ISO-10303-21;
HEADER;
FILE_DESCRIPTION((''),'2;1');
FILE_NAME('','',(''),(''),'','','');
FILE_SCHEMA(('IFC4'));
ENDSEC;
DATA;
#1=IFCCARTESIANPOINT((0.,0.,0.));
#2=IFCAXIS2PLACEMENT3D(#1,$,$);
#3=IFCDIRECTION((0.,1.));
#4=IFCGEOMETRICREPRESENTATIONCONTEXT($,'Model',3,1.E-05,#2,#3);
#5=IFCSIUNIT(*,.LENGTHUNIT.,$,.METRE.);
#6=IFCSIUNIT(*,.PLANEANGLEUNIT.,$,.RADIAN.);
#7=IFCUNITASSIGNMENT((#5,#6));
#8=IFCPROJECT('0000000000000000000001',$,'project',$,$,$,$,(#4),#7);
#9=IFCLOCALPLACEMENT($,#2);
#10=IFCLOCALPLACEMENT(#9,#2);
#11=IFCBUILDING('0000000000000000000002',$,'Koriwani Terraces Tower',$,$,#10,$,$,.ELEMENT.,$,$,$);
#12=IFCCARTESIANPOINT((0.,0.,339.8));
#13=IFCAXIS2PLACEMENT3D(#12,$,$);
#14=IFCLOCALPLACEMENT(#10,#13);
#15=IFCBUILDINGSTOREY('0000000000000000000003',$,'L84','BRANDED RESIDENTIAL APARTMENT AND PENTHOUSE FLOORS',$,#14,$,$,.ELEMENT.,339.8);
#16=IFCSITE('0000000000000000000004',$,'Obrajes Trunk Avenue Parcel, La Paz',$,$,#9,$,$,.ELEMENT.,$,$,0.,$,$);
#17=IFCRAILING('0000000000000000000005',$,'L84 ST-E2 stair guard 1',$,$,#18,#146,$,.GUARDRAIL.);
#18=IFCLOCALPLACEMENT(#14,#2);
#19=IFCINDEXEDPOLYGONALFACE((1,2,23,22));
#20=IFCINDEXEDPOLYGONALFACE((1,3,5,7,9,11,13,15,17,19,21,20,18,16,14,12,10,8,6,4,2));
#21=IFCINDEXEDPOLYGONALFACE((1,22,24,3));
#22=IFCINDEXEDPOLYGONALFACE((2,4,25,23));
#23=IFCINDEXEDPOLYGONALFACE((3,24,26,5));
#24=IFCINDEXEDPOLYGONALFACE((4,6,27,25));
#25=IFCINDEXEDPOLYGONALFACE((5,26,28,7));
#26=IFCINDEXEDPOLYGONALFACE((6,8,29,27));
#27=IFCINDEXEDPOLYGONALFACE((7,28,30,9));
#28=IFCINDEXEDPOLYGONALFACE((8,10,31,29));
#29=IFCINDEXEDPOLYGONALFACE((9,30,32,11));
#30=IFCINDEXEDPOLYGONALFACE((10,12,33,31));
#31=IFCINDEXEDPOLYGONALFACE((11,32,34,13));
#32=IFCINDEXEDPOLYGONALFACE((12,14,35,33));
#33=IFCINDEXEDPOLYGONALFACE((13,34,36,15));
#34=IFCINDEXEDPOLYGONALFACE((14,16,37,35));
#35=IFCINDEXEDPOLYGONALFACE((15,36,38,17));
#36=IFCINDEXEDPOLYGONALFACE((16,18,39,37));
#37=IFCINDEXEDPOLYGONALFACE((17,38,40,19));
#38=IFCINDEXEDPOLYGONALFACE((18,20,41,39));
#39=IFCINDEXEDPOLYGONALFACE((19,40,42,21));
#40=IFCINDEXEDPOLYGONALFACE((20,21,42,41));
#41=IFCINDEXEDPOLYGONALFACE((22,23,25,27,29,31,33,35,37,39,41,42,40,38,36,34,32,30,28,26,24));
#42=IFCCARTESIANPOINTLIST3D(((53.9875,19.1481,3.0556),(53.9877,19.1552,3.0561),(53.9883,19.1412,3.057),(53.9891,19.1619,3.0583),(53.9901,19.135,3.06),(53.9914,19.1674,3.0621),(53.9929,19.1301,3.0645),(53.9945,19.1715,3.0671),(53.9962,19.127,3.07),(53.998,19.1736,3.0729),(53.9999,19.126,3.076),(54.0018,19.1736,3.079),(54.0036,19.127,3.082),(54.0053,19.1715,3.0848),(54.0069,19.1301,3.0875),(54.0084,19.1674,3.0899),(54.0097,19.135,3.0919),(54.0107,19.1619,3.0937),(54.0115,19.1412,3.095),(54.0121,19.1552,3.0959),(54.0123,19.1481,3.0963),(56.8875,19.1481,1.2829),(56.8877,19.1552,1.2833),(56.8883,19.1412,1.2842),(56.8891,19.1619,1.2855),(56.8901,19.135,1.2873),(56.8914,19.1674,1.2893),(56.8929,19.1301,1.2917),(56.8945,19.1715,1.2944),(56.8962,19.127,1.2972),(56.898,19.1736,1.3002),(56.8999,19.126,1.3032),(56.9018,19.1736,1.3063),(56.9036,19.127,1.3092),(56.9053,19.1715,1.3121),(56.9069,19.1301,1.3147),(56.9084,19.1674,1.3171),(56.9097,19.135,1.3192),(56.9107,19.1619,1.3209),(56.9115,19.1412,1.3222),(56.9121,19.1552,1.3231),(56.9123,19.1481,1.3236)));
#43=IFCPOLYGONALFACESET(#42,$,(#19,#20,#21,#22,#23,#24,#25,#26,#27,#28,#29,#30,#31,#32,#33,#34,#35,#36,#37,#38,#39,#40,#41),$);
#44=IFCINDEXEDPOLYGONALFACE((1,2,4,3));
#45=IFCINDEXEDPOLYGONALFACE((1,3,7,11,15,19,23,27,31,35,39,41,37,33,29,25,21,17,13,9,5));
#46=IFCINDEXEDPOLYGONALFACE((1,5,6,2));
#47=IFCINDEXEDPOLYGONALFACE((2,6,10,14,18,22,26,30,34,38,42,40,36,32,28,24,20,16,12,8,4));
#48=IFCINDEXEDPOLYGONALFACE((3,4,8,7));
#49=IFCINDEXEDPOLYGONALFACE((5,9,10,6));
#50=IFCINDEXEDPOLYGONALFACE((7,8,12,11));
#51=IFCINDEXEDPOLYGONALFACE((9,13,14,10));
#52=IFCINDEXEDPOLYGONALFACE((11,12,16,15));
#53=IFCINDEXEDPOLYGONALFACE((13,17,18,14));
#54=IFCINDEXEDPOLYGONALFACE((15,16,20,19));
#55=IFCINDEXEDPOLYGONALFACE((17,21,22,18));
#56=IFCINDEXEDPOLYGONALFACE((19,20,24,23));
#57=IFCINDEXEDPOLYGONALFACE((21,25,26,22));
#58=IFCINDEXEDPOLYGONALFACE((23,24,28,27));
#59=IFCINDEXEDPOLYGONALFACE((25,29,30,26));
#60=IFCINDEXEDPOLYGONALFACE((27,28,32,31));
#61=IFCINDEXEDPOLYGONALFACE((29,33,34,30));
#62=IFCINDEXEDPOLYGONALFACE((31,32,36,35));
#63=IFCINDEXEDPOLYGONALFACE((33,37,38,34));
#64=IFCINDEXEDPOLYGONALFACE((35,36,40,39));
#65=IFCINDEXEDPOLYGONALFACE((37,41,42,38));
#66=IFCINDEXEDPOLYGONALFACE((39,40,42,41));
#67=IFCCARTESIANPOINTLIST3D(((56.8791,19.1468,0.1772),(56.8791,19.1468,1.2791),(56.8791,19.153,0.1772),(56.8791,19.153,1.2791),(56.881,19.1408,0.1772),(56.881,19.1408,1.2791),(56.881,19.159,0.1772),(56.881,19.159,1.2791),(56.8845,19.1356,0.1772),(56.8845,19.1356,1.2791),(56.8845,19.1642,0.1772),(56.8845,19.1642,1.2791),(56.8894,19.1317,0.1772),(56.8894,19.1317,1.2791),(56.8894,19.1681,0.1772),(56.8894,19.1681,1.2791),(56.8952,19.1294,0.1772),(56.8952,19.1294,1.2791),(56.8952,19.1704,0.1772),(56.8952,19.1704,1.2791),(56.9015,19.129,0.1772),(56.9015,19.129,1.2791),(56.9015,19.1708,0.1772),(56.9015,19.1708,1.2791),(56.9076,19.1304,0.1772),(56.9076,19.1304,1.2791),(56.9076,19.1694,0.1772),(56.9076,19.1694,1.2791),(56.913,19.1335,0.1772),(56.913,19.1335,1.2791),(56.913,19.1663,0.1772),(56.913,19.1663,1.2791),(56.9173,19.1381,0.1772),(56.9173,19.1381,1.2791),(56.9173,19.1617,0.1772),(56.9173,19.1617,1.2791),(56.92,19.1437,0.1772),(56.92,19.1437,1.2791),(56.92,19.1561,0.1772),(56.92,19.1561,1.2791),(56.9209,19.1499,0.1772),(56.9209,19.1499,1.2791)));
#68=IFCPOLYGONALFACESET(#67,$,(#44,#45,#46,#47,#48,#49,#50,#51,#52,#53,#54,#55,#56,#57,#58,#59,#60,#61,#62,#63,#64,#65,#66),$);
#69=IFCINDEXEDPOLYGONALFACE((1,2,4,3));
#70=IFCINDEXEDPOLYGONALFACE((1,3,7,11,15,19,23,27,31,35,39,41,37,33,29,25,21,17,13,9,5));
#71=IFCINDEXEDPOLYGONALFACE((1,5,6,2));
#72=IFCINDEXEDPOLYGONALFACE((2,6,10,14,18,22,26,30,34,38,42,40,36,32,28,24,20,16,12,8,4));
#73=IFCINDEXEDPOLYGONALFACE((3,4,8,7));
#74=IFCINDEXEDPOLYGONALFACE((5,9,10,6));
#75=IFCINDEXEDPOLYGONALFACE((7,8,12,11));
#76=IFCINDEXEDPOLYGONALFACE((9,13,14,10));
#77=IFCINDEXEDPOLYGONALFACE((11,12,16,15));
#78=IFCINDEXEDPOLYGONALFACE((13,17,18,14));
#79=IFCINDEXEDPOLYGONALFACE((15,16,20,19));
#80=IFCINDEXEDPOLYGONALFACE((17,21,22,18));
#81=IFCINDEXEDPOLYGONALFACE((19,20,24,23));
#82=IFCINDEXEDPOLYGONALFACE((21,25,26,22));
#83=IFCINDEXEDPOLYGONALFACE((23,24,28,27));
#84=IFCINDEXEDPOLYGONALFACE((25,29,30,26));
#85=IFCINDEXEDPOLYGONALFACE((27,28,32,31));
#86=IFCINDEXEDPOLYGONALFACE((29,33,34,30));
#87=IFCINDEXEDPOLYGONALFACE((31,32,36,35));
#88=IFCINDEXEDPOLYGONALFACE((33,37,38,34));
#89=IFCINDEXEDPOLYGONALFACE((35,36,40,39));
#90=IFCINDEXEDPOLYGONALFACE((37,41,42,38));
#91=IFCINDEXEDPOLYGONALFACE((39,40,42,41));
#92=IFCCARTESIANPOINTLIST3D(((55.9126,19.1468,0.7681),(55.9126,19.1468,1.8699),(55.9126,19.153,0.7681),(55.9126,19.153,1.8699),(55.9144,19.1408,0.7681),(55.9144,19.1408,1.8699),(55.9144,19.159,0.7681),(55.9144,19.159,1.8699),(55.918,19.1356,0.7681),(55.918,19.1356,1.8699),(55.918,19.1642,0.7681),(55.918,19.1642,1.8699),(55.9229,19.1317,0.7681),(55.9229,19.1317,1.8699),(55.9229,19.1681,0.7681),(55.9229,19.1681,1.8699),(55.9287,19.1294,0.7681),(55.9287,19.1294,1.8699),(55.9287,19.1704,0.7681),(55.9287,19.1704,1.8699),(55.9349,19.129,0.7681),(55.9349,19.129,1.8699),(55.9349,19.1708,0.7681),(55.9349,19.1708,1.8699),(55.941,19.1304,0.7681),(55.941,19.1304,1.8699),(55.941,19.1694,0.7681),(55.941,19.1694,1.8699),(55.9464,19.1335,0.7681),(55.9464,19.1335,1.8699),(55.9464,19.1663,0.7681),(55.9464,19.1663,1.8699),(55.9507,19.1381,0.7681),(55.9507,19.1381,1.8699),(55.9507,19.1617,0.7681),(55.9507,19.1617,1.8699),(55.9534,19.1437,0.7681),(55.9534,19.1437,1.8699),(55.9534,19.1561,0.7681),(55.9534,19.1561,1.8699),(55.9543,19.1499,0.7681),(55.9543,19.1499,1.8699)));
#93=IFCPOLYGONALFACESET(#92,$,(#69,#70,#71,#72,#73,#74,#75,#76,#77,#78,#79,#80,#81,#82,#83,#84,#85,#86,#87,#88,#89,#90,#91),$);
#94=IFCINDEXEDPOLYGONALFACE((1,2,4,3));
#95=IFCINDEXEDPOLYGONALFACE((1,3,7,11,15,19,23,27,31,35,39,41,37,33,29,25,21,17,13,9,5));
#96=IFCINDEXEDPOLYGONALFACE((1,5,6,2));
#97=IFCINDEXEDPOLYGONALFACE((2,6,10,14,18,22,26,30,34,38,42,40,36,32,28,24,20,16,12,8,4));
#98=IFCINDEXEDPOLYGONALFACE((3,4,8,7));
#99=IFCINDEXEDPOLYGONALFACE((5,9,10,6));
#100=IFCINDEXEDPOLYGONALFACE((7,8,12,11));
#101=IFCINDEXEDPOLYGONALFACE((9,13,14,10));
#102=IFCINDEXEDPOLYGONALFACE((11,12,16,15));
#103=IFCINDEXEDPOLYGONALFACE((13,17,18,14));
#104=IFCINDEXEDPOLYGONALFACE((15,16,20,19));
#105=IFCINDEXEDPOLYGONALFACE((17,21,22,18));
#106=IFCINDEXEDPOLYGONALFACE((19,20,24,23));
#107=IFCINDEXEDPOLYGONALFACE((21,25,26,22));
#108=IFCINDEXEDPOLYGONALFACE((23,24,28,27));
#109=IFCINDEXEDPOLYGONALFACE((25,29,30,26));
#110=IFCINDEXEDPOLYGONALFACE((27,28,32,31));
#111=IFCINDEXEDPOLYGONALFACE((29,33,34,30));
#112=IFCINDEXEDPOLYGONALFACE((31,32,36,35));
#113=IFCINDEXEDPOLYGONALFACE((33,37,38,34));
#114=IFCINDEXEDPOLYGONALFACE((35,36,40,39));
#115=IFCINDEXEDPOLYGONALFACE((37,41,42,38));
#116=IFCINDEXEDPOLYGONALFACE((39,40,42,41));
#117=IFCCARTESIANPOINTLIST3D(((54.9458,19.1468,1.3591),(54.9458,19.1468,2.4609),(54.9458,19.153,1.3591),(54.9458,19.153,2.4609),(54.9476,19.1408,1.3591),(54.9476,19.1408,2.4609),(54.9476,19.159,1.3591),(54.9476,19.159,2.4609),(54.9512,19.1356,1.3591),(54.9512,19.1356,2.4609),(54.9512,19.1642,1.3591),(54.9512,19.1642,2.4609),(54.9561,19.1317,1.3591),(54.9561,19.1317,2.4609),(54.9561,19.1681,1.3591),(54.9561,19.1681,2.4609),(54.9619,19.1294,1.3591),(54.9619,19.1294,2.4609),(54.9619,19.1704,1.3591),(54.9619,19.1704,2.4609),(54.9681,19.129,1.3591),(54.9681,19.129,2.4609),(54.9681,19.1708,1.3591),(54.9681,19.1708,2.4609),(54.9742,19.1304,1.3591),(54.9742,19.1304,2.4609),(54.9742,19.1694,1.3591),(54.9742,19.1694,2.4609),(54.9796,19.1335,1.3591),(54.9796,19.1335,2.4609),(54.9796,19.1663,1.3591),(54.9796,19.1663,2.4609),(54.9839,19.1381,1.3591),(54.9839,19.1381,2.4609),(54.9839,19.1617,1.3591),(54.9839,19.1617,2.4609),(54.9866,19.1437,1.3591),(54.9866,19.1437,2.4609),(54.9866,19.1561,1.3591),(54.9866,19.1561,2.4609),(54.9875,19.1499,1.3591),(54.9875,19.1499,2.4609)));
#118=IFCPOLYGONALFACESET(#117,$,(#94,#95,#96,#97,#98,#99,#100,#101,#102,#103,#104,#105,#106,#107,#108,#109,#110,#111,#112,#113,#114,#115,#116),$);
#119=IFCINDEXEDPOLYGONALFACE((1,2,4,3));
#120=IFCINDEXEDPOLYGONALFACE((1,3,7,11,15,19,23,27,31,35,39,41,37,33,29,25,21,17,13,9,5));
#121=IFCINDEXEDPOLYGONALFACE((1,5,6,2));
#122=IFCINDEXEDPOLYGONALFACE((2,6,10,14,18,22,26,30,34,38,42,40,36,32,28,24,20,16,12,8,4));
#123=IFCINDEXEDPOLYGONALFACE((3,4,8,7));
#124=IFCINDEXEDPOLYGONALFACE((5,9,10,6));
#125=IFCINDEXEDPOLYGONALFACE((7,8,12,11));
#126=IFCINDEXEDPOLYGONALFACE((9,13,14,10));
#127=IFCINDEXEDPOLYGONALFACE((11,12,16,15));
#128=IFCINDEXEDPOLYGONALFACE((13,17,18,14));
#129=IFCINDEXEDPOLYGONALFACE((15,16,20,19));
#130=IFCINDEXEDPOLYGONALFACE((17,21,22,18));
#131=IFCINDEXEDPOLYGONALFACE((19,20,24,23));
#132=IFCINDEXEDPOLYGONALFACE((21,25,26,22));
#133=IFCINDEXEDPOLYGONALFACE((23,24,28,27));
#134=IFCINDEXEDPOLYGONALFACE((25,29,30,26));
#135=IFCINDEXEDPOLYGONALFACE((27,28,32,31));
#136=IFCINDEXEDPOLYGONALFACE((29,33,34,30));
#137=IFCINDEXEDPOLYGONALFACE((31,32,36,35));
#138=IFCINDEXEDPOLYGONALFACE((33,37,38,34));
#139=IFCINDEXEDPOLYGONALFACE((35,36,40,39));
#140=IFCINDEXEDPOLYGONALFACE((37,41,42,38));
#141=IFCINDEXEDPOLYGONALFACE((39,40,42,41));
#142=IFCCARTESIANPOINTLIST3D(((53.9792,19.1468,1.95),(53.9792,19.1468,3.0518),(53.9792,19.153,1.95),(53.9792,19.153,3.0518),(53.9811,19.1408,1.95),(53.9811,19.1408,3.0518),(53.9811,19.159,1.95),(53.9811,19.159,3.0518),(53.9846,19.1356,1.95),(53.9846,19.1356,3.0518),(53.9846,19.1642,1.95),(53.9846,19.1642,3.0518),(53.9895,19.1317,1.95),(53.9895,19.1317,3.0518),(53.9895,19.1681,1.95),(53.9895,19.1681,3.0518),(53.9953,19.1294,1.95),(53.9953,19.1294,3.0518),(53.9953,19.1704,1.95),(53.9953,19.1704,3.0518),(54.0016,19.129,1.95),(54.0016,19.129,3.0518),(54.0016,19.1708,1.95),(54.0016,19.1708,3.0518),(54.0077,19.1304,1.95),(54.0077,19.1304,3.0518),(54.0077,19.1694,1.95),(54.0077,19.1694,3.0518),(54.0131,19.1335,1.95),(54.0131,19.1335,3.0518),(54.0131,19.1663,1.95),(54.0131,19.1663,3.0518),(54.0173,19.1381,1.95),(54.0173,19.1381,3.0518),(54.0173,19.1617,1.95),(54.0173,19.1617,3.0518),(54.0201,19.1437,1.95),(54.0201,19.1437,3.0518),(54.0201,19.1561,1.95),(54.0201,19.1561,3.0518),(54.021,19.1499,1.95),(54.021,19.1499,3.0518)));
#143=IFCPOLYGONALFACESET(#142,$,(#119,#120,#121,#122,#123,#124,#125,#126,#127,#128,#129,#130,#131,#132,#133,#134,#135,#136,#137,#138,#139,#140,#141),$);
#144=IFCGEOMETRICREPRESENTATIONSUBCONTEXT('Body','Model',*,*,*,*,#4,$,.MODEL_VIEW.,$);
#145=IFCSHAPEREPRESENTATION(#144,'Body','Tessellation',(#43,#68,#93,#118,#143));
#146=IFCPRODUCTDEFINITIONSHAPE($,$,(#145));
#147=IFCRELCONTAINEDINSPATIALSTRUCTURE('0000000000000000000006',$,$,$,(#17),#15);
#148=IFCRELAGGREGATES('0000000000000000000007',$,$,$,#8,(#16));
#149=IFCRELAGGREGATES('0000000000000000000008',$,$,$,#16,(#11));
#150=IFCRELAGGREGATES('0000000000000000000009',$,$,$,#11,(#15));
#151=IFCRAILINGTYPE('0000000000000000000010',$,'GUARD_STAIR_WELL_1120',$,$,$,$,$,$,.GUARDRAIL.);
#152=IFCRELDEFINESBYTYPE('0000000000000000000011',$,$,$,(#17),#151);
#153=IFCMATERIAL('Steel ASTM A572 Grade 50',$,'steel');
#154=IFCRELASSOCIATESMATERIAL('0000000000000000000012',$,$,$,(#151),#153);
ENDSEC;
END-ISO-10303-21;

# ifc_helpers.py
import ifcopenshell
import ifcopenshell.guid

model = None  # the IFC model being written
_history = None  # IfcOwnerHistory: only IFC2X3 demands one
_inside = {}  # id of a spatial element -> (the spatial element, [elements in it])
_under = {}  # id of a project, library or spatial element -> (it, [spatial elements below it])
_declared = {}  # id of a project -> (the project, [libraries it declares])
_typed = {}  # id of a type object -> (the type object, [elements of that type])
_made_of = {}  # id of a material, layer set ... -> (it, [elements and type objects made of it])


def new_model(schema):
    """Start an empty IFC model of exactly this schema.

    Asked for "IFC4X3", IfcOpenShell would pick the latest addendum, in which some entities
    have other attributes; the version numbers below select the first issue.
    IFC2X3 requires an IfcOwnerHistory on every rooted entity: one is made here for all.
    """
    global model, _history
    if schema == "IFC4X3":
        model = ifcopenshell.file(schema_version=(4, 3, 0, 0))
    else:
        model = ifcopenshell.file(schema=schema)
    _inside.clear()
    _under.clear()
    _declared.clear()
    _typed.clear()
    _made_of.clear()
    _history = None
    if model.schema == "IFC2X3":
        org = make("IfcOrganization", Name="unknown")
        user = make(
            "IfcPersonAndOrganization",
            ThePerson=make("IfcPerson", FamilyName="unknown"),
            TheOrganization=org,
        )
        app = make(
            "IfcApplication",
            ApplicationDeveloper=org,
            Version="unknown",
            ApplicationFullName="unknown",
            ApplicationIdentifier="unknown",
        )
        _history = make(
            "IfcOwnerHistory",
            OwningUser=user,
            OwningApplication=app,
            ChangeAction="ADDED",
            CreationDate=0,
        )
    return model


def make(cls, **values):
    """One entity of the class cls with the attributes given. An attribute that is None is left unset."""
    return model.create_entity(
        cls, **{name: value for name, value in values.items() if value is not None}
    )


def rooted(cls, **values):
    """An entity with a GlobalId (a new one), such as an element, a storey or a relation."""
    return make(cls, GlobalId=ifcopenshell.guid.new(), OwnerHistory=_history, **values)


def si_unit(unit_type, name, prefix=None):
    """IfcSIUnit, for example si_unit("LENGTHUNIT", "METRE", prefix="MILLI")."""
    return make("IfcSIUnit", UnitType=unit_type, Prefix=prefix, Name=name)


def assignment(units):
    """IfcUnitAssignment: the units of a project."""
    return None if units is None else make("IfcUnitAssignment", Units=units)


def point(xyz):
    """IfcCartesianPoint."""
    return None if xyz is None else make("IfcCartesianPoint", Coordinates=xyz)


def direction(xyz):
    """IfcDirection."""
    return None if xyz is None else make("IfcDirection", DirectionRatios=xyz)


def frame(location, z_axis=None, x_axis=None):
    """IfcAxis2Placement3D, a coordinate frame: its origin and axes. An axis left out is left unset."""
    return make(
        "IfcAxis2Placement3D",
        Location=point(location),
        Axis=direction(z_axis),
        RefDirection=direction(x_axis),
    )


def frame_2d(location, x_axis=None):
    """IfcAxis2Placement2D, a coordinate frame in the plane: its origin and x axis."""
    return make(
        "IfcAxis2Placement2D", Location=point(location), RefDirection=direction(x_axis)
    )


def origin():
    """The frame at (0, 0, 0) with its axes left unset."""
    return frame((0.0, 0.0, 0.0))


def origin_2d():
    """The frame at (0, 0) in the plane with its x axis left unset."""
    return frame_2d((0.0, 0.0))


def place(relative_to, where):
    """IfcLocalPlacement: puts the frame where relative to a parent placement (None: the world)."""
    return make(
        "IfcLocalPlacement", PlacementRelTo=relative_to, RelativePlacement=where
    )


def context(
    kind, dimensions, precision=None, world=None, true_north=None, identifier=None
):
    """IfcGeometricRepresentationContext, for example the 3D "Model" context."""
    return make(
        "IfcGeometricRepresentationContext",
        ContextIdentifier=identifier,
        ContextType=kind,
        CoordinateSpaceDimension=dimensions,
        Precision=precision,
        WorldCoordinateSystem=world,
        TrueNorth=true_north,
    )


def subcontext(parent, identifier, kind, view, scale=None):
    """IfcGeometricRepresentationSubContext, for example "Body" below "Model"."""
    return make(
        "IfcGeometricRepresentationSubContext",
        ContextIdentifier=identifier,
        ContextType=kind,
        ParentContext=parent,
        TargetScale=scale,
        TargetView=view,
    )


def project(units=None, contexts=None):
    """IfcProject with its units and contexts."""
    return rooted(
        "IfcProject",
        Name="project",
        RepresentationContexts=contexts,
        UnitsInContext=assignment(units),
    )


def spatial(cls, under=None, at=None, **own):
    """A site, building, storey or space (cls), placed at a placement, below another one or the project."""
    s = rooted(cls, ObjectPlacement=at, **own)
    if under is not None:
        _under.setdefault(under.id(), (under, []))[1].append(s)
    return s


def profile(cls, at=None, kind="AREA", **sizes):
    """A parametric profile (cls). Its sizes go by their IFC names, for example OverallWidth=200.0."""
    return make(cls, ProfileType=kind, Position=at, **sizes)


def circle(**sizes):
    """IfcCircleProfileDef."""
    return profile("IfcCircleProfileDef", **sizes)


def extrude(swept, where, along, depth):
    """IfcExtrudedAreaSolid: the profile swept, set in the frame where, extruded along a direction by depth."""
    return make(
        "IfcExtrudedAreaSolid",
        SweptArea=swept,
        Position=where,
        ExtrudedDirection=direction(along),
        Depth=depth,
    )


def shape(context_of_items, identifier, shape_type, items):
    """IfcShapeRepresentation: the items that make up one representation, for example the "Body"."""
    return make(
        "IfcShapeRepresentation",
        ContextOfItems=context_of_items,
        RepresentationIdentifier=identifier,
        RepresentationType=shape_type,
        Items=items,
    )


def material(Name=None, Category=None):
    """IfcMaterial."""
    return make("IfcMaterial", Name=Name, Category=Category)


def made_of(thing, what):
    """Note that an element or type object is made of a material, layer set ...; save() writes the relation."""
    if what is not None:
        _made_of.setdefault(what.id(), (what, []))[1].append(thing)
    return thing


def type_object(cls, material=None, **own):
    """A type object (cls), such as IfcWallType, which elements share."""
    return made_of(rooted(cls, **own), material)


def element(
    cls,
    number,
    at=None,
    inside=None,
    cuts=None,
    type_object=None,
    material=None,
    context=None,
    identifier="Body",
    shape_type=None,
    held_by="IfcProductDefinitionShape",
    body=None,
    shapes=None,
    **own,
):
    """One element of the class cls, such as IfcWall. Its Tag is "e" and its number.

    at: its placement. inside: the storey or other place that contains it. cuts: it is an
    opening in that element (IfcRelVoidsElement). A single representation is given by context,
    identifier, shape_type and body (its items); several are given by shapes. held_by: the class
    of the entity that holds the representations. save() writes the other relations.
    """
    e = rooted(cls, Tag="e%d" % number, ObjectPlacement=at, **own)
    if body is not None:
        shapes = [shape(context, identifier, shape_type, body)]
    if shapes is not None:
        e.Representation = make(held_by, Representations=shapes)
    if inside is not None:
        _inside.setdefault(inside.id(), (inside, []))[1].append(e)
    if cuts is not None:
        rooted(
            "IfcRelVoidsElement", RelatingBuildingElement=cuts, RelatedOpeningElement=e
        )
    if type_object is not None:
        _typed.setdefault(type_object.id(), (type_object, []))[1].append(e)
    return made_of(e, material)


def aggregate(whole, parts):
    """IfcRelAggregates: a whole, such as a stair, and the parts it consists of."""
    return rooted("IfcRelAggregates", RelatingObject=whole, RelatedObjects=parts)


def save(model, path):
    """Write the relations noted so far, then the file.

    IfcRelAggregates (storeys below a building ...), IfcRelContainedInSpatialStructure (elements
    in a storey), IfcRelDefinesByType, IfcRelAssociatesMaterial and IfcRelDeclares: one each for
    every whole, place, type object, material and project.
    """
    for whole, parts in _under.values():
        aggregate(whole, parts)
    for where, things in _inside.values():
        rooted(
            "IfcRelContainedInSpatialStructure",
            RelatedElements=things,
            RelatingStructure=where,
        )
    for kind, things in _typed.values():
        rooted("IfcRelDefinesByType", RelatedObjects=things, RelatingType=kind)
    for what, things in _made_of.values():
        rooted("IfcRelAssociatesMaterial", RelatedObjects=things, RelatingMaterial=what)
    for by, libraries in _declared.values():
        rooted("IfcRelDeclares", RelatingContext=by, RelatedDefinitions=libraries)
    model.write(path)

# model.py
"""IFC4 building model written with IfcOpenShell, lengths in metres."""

from ifc_helpers import new_model, si_unit, direction, frame, origin, origin_2d, place, context, subcontext, project, spatial, circle, extrude, material, type_object, element, save


model = new_model("IFC4")

# Units and contexts
model_context = context("Model", 3, precision=1e-05, world=origin(), true_north=direction((0.0, 1.0)))
body_context = subcontext(model_context, "Body", "Model", "MODEL_VIEW")
ifc_project = project(units=[si_unit("LENGTHUNIT", "METRE"), si_unit("PLANEANGLEUNIT", "RADIAN")], contexts=[model_context])

# Site, building, storey
site_placement = place(None, origin())
site = spatial("IfcSite", under=ifc_project, at=site_placement, Name="Obrajes Trunk Avenue Parcel, La Paz", CompositionType="ELEMENT", RefElevation=0.0)
building_placement = place(site_placement, origin())
building = spatial("IfcBuilding", under=site, at=building_placement, Name="Koriwani Terraces Tower", CompositionType="ELEMENT")
storey_placement = place(building_placement, frame((0.0, 0.0, 339.8)))
storey = spatial("IfcBuildingStorey", under=building, at=storey_placement, Name="L84", Description="BRANDED RESIDENTIAL APARTMENT AND PENTHOUSE FLOORS", CompositionType="ELEMENT", Elevation=339.8)

# Shared definitions
ifc_material_1 = material(Name="Steel ASTM A572 Grade 50", Category="steel")

# Railing
railing_type_1 = type_object("IfcRailingType", Name="GUARD_STAIR_WELL_1120", PredefinedType="GUARDRAIL", material=ifc_material_1)
railing_1_placement = place(storey_placement, frame((56.8999, 19.1499, 0.1772)))
element("IfcRailing", 1, at=railing_1_placement, inside=storey, type_object=railing_type_1, Name="L84 ST-E2 stair guard 1", PredefinedType="GUARDRAIL", context=body_context, shape_type="SweptSolid", body=[
    extrude(circle(Radius=0.0239, at=origin_2d()), frame((0.0, 0.0, 1.126), z_axis=(-0.853211, 0.0, 0.521566), x_axis=(0.0, -1.0, 0.0)), (0.0, 0.0, 1.0), 3.3989),
    extrude(circle(Radius=0.021, at=origin_2d()), origin(), (0.0, 0.0, 1.0), 1.1018),
    extrude(circle(Radius=0.021, at=origin_2d()), frame((-0.9666, 0.0, 0.5908)), (0.0, 0.0, 1.0), 1.1018),
    extrude(circle(Radius=0.021, at=origin_2d()), frame((-1.9333, 0.0, 1.1819)), (0.0, 0.0, 1.0), 1.1018),
    extrude(circle(Radius=0.021, at=origin_2d()), frame((-2.8999, 0.0, 1.7727)), (0.0, 0.0, 1.0), 1.1018),
])

save(model, "model.ifc")
